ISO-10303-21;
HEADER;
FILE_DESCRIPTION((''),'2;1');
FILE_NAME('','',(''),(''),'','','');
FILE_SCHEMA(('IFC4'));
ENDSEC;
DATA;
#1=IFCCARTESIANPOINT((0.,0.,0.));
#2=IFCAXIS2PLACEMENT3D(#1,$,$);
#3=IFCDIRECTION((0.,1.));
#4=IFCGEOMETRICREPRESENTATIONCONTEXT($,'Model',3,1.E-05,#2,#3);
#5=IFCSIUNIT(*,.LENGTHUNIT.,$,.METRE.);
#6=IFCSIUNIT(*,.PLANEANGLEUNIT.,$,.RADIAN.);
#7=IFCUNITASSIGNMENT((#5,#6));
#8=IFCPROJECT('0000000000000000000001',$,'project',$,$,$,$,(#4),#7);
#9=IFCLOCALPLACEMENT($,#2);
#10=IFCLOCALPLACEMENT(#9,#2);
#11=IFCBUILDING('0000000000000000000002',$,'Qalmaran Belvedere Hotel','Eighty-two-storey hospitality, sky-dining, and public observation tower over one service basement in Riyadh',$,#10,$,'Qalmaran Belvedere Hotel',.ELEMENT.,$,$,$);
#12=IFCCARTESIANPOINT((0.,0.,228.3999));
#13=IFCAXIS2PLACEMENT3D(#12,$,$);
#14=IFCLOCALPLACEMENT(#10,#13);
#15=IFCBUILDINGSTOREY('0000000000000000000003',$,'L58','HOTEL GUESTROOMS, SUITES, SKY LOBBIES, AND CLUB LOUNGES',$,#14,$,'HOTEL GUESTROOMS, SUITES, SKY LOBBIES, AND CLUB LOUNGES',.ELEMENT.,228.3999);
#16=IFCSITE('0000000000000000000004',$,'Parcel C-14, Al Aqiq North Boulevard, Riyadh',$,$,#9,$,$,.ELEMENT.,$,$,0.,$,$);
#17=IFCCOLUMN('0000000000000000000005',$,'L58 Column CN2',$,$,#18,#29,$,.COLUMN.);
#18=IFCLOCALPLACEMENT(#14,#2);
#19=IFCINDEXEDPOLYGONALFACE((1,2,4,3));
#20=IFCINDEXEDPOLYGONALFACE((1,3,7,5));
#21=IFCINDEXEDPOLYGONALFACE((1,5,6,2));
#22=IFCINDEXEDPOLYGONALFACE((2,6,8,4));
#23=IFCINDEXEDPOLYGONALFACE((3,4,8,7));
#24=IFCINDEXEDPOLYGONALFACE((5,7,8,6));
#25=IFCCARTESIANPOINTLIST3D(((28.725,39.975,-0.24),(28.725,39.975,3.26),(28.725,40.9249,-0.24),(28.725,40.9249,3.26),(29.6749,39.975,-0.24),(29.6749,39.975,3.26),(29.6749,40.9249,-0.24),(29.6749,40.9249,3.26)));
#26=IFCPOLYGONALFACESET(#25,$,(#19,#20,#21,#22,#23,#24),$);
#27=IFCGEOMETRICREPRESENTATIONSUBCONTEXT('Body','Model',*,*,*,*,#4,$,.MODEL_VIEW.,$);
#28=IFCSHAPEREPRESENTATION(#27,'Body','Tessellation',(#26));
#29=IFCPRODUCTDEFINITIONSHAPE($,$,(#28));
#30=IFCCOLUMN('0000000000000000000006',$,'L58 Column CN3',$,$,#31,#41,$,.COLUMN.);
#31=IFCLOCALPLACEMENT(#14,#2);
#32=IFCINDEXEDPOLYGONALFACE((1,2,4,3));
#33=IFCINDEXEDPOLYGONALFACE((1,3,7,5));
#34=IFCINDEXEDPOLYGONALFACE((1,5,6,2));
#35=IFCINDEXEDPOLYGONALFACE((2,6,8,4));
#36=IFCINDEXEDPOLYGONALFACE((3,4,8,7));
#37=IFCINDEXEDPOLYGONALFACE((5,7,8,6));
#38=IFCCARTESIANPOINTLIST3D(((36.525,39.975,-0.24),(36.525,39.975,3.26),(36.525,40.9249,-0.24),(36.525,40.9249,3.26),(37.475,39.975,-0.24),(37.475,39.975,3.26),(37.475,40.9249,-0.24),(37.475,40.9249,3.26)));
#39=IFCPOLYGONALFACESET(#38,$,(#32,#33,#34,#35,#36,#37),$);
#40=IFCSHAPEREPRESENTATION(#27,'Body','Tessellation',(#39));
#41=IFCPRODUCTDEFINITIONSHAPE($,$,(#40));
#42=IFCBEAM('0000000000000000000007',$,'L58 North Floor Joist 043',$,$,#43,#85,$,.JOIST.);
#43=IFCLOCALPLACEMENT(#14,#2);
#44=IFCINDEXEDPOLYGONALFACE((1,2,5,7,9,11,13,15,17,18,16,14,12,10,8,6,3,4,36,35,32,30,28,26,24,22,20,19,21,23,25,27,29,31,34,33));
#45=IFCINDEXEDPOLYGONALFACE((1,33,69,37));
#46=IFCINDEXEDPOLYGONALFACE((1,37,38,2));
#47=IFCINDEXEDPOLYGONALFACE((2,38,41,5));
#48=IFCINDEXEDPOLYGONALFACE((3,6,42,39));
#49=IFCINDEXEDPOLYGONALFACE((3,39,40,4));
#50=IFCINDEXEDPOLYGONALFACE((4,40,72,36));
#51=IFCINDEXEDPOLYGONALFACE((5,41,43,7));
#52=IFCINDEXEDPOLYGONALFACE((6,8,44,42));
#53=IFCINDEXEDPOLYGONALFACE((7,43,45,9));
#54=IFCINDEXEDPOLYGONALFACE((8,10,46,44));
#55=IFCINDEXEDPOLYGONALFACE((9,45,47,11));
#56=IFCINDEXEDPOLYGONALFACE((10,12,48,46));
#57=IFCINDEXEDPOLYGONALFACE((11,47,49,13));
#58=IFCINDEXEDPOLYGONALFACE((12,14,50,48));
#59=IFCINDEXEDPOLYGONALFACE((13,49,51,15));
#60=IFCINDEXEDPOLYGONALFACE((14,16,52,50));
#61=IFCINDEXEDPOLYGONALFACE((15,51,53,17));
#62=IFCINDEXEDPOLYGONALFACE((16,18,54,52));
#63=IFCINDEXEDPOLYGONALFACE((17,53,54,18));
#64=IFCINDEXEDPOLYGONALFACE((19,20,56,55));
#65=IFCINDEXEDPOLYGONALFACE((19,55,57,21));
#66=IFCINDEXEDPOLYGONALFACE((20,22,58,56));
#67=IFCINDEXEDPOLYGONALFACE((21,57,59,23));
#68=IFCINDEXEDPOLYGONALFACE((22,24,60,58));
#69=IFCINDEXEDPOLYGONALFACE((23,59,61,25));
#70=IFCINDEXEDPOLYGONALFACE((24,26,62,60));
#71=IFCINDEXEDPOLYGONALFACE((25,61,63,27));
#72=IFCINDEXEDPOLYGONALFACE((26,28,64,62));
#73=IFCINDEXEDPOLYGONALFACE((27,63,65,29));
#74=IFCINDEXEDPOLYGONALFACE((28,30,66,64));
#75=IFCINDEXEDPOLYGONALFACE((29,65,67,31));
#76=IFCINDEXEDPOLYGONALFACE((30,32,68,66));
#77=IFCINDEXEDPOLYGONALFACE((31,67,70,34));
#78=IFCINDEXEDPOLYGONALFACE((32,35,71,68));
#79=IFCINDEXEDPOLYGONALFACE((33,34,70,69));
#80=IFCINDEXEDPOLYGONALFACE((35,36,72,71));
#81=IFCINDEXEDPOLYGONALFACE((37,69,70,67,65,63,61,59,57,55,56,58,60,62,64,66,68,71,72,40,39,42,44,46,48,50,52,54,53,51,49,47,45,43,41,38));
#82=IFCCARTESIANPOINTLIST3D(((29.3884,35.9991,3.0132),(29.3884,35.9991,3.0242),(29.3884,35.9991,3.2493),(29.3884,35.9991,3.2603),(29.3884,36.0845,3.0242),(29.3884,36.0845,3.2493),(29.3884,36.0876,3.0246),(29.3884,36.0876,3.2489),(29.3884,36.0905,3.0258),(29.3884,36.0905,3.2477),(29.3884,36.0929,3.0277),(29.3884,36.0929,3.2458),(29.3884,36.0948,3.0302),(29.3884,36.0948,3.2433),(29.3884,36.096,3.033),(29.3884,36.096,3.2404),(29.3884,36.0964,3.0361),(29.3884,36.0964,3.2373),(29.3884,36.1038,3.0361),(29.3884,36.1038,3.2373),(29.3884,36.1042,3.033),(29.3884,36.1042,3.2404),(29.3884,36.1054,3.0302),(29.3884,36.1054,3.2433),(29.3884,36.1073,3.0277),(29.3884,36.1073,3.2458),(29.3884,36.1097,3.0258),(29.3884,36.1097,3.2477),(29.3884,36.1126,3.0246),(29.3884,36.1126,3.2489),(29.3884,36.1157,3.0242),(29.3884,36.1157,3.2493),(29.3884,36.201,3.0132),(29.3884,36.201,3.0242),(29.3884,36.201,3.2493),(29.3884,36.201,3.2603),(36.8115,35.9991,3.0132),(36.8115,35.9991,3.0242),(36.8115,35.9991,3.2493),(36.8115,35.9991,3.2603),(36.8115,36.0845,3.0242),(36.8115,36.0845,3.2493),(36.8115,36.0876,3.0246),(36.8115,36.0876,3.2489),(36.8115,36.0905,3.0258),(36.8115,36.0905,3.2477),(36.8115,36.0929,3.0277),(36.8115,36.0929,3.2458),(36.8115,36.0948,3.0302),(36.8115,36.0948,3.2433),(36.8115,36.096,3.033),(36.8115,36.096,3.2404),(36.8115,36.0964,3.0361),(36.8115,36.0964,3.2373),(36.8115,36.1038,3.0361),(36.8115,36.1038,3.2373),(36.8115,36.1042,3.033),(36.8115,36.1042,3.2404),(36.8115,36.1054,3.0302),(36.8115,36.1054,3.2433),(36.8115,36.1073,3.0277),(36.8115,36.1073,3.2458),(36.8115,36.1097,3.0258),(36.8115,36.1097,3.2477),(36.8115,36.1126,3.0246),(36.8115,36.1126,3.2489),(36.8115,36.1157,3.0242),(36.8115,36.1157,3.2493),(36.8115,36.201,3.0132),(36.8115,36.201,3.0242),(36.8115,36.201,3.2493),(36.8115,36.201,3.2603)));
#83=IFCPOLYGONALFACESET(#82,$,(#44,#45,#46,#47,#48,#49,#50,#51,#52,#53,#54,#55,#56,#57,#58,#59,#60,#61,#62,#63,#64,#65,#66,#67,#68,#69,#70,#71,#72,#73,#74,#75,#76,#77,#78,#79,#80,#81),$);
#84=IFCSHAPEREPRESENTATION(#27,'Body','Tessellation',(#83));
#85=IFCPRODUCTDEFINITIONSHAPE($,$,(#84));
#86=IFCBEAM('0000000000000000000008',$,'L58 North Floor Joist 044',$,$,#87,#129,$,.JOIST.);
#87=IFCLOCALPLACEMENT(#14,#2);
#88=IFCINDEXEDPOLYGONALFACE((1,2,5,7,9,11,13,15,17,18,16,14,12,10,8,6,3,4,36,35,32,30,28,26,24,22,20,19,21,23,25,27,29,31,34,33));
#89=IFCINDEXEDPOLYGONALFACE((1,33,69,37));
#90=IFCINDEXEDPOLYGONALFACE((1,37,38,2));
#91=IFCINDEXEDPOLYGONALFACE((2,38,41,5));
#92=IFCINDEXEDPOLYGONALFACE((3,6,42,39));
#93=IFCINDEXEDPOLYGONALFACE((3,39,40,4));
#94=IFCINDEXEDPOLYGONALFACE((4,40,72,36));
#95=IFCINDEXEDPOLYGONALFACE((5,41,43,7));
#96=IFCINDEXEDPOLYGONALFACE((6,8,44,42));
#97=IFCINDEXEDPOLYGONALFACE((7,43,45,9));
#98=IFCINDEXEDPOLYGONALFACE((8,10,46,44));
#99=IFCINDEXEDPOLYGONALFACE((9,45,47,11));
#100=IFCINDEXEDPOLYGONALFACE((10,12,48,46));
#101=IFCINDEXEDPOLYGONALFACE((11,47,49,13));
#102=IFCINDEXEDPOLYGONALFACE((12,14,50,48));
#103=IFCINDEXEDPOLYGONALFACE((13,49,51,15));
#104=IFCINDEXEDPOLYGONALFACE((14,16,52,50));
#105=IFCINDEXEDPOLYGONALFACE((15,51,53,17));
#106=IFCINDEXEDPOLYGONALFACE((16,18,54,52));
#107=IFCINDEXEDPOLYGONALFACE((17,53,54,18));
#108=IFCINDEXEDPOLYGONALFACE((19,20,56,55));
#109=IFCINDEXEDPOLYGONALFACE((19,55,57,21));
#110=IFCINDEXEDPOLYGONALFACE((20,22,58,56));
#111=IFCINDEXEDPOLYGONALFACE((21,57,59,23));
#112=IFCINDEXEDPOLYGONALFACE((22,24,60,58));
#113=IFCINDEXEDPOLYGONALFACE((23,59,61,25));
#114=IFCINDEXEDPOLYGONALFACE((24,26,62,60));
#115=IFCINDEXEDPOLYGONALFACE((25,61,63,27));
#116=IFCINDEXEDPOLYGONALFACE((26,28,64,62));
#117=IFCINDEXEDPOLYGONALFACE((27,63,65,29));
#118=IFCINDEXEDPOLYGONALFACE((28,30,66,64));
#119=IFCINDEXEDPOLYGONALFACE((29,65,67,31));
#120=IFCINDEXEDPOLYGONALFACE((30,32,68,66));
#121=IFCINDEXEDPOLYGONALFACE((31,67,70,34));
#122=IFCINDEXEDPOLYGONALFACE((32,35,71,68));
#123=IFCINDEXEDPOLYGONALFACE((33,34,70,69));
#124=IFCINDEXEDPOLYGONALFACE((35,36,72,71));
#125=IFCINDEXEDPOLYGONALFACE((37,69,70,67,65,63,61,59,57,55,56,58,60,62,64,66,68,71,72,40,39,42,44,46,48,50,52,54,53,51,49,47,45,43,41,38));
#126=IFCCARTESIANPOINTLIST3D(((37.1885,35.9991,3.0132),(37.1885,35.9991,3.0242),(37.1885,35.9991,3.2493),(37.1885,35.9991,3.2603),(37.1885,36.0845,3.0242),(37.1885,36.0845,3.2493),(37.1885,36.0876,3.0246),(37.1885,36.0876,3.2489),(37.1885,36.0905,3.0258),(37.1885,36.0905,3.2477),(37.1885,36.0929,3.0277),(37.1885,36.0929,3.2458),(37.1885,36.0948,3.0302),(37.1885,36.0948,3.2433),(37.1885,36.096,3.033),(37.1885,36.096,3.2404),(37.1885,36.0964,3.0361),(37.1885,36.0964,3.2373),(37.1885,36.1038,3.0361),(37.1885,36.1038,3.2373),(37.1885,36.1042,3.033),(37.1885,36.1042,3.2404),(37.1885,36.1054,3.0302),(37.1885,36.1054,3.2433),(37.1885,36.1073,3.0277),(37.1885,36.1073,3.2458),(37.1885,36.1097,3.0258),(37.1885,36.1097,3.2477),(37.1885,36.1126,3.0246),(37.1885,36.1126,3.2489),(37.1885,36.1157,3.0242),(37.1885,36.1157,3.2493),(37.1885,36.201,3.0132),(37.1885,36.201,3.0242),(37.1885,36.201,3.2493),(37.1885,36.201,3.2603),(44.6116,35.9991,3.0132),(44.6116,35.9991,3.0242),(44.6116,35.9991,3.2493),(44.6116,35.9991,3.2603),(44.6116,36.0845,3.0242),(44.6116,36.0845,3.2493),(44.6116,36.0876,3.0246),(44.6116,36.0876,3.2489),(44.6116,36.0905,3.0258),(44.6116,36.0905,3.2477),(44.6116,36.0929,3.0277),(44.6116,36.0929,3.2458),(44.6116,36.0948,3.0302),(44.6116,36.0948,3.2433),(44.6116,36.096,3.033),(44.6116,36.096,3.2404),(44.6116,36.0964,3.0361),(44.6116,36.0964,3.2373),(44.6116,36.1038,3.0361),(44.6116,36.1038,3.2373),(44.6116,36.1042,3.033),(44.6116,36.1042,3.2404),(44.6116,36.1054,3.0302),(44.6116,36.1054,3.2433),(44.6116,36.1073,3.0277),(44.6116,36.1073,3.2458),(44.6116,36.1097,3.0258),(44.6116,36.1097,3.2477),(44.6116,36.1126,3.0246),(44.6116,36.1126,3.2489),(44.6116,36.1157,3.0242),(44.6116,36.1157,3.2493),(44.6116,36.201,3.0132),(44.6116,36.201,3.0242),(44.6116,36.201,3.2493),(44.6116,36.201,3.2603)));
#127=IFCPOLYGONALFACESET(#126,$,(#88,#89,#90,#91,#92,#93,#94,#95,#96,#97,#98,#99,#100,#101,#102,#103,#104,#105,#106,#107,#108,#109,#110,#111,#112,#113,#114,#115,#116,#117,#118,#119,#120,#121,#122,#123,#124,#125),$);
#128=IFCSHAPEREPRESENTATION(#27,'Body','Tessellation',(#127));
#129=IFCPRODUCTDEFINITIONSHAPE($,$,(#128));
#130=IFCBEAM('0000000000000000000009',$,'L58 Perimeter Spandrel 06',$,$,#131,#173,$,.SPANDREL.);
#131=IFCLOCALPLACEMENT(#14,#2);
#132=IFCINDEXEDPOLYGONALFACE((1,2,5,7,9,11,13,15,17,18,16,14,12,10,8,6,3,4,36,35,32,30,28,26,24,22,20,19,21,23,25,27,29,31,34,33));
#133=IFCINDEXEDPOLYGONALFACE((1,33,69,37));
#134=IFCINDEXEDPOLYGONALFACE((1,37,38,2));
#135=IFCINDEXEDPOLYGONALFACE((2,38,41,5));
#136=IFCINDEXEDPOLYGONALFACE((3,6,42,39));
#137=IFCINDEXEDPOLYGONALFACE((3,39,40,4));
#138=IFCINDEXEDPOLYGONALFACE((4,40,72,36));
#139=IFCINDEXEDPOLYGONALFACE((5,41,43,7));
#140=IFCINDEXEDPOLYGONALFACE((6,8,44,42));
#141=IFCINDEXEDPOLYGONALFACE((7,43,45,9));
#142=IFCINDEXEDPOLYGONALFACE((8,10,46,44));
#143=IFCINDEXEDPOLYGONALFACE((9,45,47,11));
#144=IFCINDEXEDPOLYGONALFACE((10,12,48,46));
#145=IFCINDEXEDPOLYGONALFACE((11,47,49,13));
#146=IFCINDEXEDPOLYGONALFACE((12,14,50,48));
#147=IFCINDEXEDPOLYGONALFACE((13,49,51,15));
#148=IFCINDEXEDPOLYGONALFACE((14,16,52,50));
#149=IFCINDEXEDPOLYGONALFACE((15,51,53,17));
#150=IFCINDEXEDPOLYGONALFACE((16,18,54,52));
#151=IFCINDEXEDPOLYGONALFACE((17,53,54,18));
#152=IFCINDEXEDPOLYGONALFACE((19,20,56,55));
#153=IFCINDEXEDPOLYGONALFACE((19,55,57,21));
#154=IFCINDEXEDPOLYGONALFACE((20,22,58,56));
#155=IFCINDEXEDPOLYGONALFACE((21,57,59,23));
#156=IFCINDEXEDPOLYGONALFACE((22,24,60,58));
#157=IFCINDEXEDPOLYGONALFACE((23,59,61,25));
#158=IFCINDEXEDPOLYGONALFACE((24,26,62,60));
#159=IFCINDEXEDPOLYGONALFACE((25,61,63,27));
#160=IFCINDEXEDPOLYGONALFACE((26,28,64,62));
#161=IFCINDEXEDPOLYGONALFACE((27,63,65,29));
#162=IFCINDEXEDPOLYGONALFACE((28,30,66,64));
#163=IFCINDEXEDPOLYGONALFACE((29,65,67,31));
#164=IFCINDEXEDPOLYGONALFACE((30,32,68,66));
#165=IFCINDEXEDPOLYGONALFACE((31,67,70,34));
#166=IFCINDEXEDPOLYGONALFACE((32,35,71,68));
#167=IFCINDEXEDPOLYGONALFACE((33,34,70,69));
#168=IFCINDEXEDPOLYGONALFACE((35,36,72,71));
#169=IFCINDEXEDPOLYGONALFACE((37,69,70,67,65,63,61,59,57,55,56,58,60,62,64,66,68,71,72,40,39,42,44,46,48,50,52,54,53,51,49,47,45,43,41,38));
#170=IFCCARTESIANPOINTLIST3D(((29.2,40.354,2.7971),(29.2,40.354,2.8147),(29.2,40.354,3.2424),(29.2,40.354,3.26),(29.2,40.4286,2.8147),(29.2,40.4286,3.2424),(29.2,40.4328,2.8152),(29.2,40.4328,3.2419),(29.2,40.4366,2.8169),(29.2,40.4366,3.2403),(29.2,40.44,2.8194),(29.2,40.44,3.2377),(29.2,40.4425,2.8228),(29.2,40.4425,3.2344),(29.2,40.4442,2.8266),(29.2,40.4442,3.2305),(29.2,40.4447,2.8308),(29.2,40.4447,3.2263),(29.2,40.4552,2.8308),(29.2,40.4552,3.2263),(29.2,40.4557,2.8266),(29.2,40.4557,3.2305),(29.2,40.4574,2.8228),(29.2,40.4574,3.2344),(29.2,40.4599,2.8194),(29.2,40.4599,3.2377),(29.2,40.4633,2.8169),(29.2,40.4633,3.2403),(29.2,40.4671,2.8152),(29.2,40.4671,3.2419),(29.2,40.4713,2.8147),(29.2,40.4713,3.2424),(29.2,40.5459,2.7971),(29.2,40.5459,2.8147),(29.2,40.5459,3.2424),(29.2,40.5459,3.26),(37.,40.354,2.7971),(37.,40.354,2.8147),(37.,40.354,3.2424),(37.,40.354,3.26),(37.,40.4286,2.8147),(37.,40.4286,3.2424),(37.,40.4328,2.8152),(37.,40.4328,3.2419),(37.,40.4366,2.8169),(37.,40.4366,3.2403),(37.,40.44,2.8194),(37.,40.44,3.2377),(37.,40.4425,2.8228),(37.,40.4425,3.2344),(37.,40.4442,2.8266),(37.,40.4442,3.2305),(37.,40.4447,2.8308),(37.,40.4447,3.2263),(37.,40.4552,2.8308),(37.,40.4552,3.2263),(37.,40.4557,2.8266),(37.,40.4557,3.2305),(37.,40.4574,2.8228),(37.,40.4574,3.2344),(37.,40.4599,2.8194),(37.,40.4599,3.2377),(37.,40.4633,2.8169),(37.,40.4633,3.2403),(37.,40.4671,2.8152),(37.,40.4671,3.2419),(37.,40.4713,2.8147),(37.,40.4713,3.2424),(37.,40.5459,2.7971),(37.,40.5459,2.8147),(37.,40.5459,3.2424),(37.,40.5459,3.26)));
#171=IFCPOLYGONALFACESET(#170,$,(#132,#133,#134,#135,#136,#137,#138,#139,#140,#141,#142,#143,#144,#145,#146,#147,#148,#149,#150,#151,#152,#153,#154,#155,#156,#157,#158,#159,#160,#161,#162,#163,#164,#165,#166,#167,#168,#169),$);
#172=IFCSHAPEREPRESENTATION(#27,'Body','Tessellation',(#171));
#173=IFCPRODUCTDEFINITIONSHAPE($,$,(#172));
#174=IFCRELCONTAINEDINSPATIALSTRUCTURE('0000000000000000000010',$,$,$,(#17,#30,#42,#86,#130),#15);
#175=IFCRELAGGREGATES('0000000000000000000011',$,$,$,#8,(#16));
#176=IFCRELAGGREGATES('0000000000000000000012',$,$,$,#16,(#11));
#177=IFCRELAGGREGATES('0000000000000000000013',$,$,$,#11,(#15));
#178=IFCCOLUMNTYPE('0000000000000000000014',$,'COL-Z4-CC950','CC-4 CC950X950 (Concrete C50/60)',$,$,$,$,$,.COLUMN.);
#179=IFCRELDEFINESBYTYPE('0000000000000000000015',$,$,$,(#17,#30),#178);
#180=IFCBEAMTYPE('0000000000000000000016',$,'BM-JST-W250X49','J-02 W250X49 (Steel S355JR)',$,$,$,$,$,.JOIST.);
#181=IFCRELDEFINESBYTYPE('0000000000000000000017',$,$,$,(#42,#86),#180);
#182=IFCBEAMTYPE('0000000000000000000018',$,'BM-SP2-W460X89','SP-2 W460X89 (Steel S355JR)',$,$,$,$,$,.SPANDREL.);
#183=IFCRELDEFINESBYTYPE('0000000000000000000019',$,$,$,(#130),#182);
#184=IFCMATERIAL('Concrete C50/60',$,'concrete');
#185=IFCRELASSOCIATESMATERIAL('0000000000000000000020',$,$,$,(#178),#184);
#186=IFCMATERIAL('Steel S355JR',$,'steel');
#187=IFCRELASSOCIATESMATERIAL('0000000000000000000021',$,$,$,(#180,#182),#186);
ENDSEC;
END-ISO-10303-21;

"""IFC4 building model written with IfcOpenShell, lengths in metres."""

from ifc_helpers import new_model, si_unit, direction, frame, origin, origin_2d, place, context, subcontext, project, spatial, rectangle, i_section, extrude, material, material_profile, profile_set, type_object, element, save


model = new_model("IFC4")

# Units and contexts
model_context = context("Model", 3, precision=1e-05, world=origin(), true_north=direction((0.0, 1.0)))
body_context = subcontext(model_context, "Body", "Model", "MODEL_VIEW")
ifc_project = project(units=[si_unit("LENGTHUNIT", "METRE"), si_unit("PLANEANGLEUNIT", "RADIAN")], contexts=[model_context])

# Site, building, storey
site_placement = place(None, origin())
site = spatial("IfcSite", under=ifc_project, at=site_placement, Name="Parcel C-14, Al Aqiq North Boulevard, Riyadh", CompositionType="ELEMENT", RefElevation=0.0)
building_placement = place(site_placement, origin())
building = spatial("IfcBuilding", under=site, at=building_placement, Name="Qalmaran Belvedere Hotel", Description="Eighty-two-storey hospitality, sky-dining, and public observation tower over one service basement in Riyadh", LongName="Qalmaran Belvedere Hotel", CompositionType="ELEMENT")
storey_placement = place(building_placement, frame((0.0, 0.0, 228.3999)))
storey = spatial("IfcBuildingStorey", under=building, at=storey_placement, Name="L58", Description="HOTEL GUESTROOMS, SUITES, SKY LOBBIES, AND CLUB LOUNGES", LongName="HOTEL GUESTROOMS, SUITES, SKY LOBBIES, AND CLUB LOUNGES", CompositionType="ELEMENT", Elevation=228.3999)

# Columns
ifc_material_1 = material(Name="Concrete C50/60", Category="concrete")
ifc_material_profile_1 = material_profile(ifc_material_1, rectangle(XDim=0.95, YDim=0.95, at=origin_2d()), Name="CC950X950")
ifc_profile_set_1 = profile_set([ifc_material_profile_1], Name="Concrete C50/60")
column_type = type_object("IfcColumnType", Name="COL-Z4-CC950", Description="CC-4 CC950X950 (Concrete C50/60)", PredefinedType="COLUMN", material=ifc_profile_set_1)
for number, where, z_axis, x_axis, name in (
    (1, (29.2, 40.45, -0.24), (0.0, 0.0, 1.0), (1.0, 0.0, 0.0), "L58 Column CN2"),
    (2, (37.0, 40.45, -0.24), (0.0, 0.0, 1.0), (1.0, 0.0, 0.0), "L58 Column CN3"),
):
    element("IfcColumn", number, at=place(storey_placement, frame(where, z_axis=z_axis, x_axis=x_axis)), inside=storey, type_object=column_type, Name=name, PredefinedType="COLUMN", context=body_context, shape_type="SweptSolid", body=[
        extrude(rectangle(XDim=0.95, YDim=0.95, at=origin_2d()), origin(), (0.0, 0.0, 1.0), 3.5),
    ])

# Beams
ifc_material_2 = material(Name="Steel S355JR", Category="steel")
ifc_material_profile_2 = material_profile(ifc_material_2, i_section(OverallWidth=0.2019, OverallDepth=0.2471, WebThickness=0.0073, FlangeThickness=0.011, FilletRadius=0.012, at=origin_2d()), Name="W250X49")
ifc_profile_set_2 = profile_set([ifc_material_profile_2], Name="Steel S355JR")
beam_type_1 = type_object("IfcBeamType", Name="BM-JST-W250X49", Description="J-02 W250X49 (Steel S355JR)", PredefinedType="JOIST", material=ifc_profile_set_2)
for number, where, z_axis, x_axis, name in (
    (3, (29.3884, 36.1001, 3.1367), (1.0, 0.0, 0.0), (0.0, 1.0, 0.0), "L58 North Floor Joist 043"),
    (4, (37.1885, 36.1001, 3.1367), (1.0, 0.0, 0.0), (0.0, 1.0, 0.0), "L58 North Floor Joist 044"),
):
    element("IfcBeam", number, at=place(storey_placement, frame(where, z_axis=z_axis, x_axis=x_axis)), inside=storey, type_object=beam_type_1, Name=name, PredefinedType="JOIST", context=body_context, shape_type="SweptSolid", body=[
        extrude(i_section(OverallWidth=0.2019, OverallDepth=0.2471, WebThickness=0.0073, FlangeThickness=0.011, FilletRadius=0.012, at=origin_2d()), origin(), (0.0, 0.0, 1.0), 7.4231),
    ])
ifc_material_profile_3 = material_profile(ifc_material_2, i_section(OverallWidth=0.1919, OverallDepth=0.4629, WebThickness=0.0105, FlangeThickness=0.0176, FilletRadius=0.0161, at=origin_2d()), Name="W460X89")
ifc_profile_set_3 = profile_set([ifc_material_profile_3], Name="Steel S355JR")
beam_type_2 = type_object("IfcBeamType", Name="BM-SP2-W460X89", Description="SP-2 W460X89 (Steel S355JR)", PredefinedType="SPANDREL", material=ifc_profile_set_3)
for number, where, z_axis, x_axis, name in (
    (5, (29.2, 40.45, 3.0286), (1.0, 0.0, 0.0), (0.0, 1.0, 0.0), "L58 Perimeter Spandrel 06"),
):
    element("IfcBeam", number, at=place(storey_placement, frame(where, z_axis=z_axis, x_axis=x_axis)), inside=storey, type_object=beam_type_2, Name=name, PredefinedType="SPANDREL", context=body_context, shape_type="SweptSolid", body=[
        extrude(i_section(OverallWidth=0.1919, OverallDepth=0.4629, WebThickness=0.0105, FlangeThickness=0.0176, FilletRadius=0.0161, at=origin_2d()), origin(), (0.0, 0.0, 1.0), 7.8),
    ])

save(model, "model.ifc")
